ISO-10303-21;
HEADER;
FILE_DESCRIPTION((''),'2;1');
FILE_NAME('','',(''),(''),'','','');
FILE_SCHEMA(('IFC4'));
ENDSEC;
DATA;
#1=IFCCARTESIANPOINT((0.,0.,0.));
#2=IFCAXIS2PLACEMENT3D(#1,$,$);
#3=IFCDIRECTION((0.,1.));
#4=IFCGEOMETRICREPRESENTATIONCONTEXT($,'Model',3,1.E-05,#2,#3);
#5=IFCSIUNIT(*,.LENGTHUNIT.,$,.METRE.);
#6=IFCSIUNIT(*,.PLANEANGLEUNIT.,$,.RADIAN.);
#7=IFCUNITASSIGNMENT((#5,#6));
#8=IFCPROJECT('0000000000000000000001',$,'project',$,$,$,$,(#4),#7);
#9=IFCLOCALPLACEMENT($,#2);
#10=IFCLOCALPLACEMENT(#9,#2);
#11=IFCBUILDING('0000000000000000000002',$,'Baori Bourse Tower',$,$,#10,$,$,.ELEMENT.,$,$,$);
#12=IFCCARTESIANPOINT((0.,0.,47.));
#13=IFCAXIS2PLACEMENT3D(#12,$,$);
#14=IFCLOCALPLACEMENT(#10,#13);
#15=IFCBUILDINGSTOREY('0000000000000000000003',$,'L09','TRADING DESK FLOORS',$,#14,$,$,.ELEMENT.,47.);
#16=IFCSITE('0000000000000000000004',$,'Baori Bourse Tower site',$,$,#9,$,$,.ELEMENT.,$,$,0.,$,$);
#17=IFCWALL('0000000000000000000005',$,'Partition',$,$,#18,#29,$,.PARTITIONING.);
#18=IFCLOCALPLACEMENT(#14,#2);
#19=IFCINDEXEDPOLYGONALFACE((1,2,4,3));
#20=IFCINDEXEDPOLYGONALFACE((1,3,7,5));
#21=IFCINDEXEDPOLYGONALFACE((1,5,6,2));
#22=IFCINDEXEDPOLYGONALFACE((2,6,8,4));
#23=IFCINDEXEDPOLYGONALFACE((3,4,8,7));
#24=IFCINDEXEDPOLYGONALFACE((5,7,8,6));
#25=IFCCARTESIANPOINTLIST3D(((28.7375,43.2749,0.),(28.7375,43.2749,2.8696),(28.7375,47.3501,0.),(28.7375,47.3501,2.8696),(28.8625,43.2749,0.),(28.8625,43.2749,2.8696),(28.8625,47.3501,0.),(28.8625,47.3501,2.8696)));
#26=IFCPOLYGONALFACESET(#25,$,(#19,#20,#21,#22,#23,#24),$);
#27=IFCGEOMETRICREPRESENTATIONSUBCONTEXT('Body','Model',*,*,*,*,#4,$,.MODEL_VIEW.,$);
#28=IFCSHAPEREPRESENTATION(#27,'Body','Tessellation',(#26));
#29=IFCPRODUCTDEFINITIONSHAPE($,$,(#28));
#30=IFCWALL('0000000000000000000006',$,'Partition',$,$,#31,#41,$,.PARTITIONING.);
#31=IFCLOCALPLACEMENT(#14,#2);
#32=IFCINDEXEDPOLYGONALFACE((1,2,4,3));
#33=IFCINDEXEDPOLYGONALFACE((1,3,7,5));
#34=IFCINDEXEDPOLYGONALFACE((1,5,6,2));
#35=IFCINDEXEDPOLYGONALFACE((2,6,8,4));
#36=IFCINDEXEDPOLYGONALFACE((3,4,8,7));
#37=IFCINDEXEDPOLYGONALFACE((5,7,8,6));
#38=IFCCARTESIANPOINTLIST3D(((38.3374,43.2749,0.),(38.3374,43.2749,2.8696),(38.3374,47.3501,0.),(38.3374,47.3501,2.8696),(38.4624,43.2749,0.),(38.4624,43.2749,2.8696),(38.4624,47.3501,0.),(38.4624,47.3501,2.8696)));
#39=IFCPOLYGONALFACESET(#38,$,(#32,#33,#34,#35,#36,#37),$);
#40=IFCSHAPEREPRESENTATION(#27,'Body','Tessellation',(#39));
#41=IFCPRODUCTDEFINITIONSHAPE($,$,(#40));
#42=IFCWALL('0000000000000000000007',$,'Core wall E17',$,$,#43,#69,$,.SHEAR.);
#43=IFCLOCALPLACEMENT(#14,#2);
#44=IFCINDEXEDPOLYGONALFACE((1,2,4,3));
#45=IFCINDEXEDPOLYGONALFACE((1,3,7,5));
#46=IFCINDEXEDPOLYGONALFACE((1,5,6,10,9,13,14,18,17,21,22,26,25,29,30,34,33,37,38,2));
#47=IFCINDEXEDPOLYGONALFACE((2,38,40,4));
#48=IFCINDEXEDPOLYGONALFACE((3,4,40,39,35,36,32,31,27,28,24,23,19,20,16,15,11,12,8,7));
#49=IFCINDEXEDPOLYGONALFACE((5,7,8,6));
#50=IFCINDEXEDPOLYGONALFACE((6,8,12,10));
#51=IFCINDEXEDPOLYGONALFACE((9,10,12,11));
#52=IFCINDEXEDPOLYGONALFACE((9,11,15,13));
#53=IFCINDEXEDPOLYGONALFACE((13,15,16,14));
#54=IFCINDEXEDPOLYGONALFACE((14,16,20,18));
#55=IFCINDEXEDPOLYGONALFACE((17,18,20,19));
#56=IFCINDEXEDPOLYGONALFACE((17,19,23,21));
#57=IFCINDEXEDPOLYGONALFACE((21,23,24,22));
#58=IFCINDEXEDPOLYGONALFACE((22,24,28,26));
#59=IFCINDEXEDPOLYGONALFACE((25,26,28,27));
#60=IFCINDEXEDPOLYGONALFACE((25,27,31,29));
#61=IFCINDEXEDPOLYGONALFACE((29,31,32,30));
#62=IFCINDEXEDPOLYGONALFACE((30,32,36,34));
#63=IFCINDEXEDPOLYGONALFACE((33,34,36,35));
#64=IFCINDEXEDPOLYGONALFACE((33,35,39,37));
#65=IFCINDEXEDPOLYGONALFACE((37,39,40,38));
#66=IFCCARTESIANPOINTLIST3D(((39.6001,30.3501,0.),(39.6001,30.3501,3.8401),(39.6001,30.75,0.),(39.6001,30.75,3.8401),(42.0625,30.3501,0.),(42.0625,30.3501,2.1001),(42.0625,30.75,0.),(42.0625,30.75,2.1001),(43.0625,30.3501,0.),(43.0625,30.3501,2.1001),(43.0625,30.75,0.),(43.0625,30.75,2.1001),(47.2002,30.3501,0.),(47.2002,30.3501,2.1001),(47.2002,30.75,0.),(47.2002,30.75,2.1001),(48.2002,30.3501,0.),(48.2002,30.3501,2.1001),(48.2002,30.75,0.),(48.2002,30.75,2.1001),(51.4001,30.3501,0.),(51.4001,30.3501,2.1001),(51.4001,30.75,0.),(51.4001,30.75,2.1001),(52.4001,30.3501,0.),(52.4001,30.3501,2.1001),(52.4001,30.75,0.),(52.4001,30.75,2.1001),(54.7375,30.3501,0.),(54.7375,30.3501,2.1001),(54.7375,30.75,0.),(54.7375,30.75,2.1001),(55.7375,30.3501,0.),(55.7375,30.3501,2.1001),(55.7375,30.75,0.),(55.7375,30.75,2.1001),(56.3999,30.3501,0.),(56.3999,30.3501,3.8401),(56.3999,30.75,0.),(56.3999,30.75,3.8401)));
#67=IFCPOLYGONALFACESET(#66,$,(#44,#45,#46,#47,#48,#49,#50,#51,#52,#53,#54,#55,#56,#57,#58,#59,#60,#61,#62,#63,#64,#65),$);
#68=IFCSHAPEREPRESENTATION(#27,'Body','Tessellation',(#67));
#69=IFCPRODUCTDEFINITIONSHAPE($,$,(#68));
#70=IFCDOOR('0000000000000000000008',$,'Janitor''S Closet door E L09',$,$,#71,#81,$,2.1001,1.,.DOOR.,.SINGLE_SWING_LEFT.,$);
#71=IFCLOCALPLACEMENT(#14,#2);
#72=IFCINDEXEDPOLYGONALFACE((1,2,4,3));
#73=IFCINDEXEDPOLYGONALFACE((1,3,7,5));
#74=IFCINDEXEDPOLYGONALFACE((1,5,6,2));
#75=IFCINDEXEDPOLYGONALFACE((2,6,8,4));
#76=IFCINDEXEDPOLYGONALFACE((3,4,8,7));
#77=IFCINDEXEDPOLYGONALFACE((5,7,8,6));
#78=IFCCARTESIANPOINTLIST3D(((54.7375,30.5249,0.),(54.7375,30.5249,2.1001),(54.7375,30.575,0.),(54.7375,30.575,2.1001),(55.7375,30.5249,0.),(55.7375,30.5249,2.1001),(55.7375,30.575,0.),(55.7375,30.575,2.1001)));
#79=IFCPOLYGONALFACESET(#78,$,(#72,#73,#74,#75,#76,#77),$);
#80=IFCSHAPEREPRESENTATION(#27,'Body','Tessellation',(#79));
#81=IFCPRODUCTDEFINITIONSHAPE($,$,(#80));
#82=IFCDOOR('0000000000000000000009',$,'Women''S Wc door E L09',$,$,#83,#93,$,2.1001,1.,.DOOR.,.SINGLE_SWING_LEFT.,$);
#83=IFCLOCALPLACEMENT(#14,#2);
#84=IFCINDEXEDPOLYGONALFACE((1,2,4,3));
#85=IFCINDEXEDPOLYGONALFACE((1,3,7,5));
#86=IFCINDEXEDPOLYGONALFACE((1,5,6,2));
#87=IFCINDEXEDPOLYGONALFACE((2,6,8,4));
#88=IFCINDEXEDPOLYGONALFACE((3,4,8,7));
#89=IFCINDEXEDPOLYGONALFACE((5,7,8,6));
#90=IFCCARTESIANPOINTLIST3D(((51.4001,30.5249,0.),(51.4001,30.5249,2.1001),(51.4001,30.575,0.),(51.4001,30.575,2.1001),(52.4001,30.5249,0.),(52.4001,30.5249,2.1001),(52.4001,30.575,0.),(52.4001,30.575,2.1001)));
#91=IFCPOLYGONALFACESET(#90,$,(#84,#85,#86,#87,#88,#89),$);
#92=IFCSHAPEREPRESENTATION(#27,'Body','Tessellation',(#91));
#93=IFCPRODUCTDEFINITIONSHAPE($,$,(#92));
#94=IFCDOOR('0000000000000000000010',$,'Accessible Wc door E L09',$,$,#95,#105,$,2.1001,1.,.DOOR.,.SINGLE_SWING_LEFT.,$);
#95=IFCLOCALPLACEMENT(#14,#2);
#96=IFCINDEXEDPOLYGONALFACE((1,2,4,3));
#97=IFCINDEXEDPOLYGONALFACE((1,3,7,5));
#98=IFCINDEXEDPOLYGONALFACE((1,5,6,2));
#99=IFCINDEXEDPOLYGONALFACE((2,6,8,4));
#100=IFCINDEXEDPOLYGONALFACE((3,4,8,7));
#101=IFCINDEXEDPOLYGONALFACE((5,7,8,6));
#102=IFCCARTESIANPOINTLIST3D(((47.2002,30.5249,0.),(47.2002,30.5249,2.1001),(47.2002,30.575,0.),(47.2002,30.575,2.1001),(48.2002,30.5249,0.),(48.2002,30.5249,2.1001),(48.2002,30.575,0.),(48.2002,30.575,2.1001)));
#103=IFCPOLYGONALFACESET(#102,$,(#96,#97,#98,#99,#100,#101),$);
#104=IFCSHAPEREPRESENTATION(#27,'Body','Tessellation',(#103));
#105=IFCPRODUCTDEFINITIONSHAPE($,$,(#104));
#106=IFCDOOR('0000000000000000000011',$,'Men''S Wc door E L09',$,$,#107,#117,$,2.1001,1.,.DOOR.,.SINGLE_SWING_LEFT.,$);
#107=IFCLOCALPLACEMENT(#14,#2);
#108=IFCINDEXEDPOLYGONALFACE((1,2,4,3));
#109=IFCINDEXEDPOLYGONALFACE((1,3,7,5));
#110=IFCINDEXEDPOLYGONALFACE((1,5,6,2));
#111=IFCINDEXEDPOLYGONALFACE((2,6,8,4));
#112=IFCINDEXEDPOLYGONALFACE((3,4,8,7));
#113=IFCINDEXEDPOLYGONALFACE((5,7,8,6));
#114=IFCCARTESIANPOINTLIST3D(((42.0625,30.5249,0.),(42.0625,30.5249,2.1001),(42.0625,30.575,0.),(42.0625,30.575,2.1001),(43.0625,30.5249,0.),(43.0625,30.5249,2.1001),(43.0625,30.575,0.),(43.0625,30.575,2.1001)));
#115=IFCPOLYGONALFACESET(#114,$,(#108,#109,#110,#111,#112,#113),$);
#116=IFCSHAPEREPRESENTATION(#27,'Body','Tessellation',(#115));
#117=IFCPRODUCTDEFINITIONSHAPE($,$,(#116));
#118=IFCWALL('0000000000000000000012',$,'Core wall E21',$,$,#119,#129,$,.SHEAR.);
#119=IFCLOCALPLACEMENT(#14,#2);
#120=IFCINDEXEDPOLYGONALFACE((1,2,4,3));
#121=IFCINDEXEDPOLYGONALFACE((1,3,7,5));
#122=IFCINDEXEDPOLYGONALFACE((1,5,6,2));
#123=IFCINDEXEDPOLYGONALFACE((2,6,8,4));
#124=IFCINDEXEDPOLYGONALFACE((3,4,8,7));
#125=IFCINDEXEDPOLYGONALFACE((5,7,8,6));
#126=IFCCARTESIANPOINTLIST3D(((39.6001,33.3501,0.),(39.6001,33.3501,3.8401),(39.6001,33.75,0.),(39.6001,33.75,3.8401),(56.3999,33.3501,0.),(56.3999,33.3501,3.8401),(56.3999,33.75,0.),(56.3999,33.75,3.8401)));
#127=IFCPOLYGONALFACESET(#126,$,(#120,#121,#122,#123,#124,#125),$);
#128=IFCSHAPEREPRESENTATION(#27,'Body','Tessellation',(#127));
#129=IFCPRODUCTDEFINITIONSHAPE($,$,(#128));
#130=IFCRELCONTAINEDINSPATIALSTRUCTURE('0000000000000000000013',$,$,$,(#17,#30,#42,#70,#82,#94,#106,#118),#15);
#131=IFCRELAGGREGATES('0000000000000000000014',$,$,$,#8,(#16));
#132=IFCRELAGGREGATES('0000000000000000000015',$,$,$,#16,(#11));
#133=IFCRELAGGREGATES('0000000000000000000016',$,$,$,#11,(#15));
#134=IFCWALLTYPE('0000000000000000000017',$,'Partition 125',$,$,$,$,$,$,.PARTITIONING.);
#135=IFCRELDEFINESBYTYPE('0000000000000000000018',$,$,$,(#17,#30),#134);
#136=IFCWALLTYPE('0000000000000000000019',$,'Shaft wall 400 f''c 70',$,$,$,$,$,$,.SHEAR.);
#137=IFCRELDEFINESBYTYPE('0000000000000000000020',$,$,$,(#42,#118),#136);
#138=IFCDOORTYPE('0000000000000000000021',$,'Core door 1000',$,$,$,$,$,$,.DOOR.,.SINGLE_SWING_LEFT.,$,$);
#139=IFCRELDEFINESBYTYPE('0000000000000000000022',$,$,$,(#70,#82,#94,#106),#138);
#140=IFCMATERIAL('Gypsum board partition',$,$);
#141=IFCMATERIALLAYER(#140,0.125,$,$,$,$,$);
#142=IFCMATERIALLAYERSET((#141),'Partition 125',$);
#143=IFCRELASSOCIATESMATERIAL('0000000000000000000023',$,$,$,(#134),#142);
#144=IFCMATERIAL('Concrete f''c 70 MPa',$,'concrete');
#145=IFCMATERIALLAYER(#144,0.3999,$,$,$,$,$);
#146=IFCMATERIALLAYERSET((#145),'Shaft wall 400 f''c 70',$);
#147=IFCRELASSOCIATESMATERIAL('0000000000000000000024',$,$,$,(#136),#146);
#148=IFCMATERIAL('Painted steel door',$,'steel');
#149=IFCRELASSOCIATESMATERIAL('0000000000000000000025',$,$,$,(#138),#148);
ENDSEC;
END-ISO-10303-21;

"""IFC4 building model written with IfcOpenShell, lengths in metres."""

from ifc_helpers import new_model, si_unit, direction, frame, frame_2d, origin, place, context, subcontext, project, spatial, rectangle, extrude, material, layer, layer_set, type_object, element, fill, save


model = new_model("IFC4")

# Units and contexts
model_context = context("Model", 3, precision=1e-05, world=origin(), true_north=direction((0.0, 1.0)))
body_context = subcontext(model_context, "Body", "Model", "MODEL_VIEW")
ifc_project = project(units=[si_unit("LENGTHUNIT", "METRE"), si_unit("PLANEANGLEUNIT", "RADIAN")], contexts=[model_context])

# Site, building, storey
site_placement = place(None, origin())
site = spatial("IfcSite", under=ifc_project, at=site_placement, Name="Baori Bourse Tower site", CompositionType="ELEMENT", RefElevation=0.0)
building_placement = place(site_placement, origin())
building = spatial("IfcBuilding", under=site, at=building_placement, Name="Baori Bourse Tower", CompositionType="ELEMENT")
storey_placement = place(building_placement, frame((0.0, 0.0, 47.0)))
storey = spatial("IfcBuildingStorey", under=building, at=storey_placement, Name="L09", Description="TRADING DESK FLOORS", CompositionType="ELEMENT", Elevation=47.0)

# Walls
ifc_material_1 = material(Name="Gypsum board partition")
ifc_layer_1 = layer(ifc_material_1, 0.125)
ifc_layer_set_1 = layer_set([ifc_layer_1], Name="Partition 125")
wall_type_1 = type_object("IfcWallType", Name="Partition 125", PredefinedType="PARTITIONING", material=ifc_layer_set_1)
for number, where, z_axis, x_axis, name in (
    (1, (28.8, 43.2749, 0.0), (0.0, 0.0, 1.0), (0.0, 1.0, 0.0), "Partition"),
    (2, (38.3999, 43.2749, 0.0), (0.0, 0.0, 1.0), (0.0, 1.0, 0.0), "Partition"),
):
    element("IfcWall", number, at=place(storey_placement, frame(where, z_axis=z_axis, x_axis=x_axis)), inside=storey, type_object=wall_type_1, Name=name, PredefinedType="PARTITIONING", context=body_context, shape_type="SweptSolid", body=[
        extrude(rectangle(XDim=4.0752, YDim=0.125, at=frame_2d((2.0376, 0.0))), origin(), (0.0, 0.0, 1.0), 2.8696),
    ])

# Wall, openings, doors
ifc_material_2 = material(Name="Concrete f'c 70 MPa", Category="concrete")
ifc_layer_2 = layer(ifc_material_2, 0.3999)
ifc_layer_set_2 = layer_set([ifc_layer_2], Name="Shaft wall 400 f'c 70")
wall_type_2 = type_object("IfcWallType", Name="Shaft wall 400 f'c 70", PredefinedType="SHEAR", material=ifc_layer_set_2)
wall_1_placement = place(storey_placement, frame((39.6001, 30.55, 0.0), z_axis=(0.0, 0.0, 1.0), x_axis=(1.0, 0.0, 0.0)))
wall_1 = element("IfcWall", 3, at=wall_1_placement, inside=storey, type_object=wall_type_2, Name="Core wall E17", PredefinedType="SHEAR", context=body_context, shape_type="SweptSolid", body=[
    extrude(rectangle(XDim=16.7998, YDim=0.3999, at=frame_2d((8.3999, 0.0))), origin(), (0.0, 0.0, 1.0), 3.8401),
])
opening_1_placement = place(wall_1_placement, frame((15.1375, 0.0, 0.0)))
opening_1 = element("IfcOpeningElement", 4, at=opening_1_placement, cuts=wall_1, PredefinedType="OPENING", context=body_context, shape_type="SweptSolid", body=[
    extrude(rectangle(XDim=1.0, YDim=2.1001, at=frame_2d((0.5, 1.05))), frame((0.0, 0.21, 0.0), z_axis=(0.0, -1.0, 0.0), x_axis=(1.0, 0.0, 0.0)), (0.0, 0.0, 1.0), 0.4199),
])
opening_2_placement = place(wall_1_placement, frame((11.8, 0.0, 0.0)))
opening_2 = element("IfcOpeningElement", 5, at=opening_2_placement, cuts=wall_1, PredefinedType="OPENING", context=body_context, shape_type="SweptSolid", body=[
    extrude(rectangle(XDim=1.0, YDim=2.1001, at=frame_2d((0.5, 1.05))), frame((0.0, 0.21, 0.0), z_axis=(0.0, -1.0, 0.0), x_axis=(1.0, 0.0, 0.0)), (0.0, 0.0, 1.0), 0.4199),
])
opening_3_placement = place(wall_1_placement, frame((7.6001, 0.0, 0.0)))
opening_3 = element("IfcOpeningElement", 6, at=opening_3_placement, cuts=wall_1, PredefinedType="OPENING", context=body_context, shape_type="SweptSolid", body=[
    extrude(rectangle(XDim=1.0, YDim=2.1001, at=frame_2d((0.5, 1.05))), frame((0.0, 0.21, 0.0), z_axis=(0.0, -1.0, 0.0), x_axis=(1.0, 0.0, 0.0)), (0.0, 0.0, 1.0), 0.4199),
])
opening_4_placement = place(wall_1_placement, frame((2.4624, 0.0, 0.0)))
opening_4 = element("IfcOpeningElement", 7, at=opening_4_placement, cuts=wall_1, PredefinedType="OPENING", context=body_context, shape_type="SweptSolid", body=[
    extrude(rectangle(XDim=1.0, YDim=2.1001, at=frame_2d((0.5, 1.05))), frame((0.0, 0.21, 0.0), z_axis=(0.0, -1.0, 0.0), x_axis=(1.0, 0.0, 0.0)), (0.0, 0.0, 1.0), 0.4199),
])
ifc_material_3 = material(Name="Painted steel door", Category="steel")
door_type_1 = type_object("IfcDoorType", Name="Core door 1000", OperationType="SINGLE_SWING_LEFT", PredefinedType="DOOR", material=ifc_material_3)
door_1_placement = place(opening_1_placement, origin())
door_1 = element("IfcDoor", 8, at=door_1_placement, inside=storey, type_object=door_type_1, Name="Janitor'S Closet door E L09", OperationType="SINGLE_SWING_LEFT", OverallHeight=2.1001, OverallWidth=1.0, PredefinedType="DOOR", context=body_context, shape_type="SweptSolid", body=[
    extrude(rectangle(XDim=1.0, YDim=2.1001, at=frame_2d((0.5, 1.05))), frame((0.0, 0.0249, 0.0), z_axis=(0.0, -1.0, 0.0), x_axis=(1.0, 0.0, 0.0)), (0.0, 0.0, 1.0), 0.05),
])
fill(opening_1, door_1)
door_2_placement = place(opening_2_placement, origin())
door_2 = element("IfcDoor", 9, at=door_2_placement, inside=storey, type_object=door_type_1, Name="Women'S Wc door E L09", OperationType="SINGLE_SWING_LEFT", OverallHeight=2.1001, OverallWidth=1.0, PredefinedType="DOOR", context=body_context, shape_type="SweptSolid", body=[
    extrude(rectangle(XDim=1.0, YDim=2.1001, at=frame_2d((0.5, 1.05))), frame((0.0, 0.0249, 0.0), z_axis=(0.0, -1.0, 0.0), x_axis=(1.0, 0.0, 0.0)), (0.0, 0.0, 1.0), 0.05),
])
fill(opening_2, door_2)
door_3_placement = place(opening_3_placement, origin())
door_3 = element("IfcDoor", 10, at=door_3_placement, inside=storey, type_object=door_type_1, Name="Accessible Wc door E L09", OperationType="SINGLE_SWING_LEFT", OverallHeight=2.1001, OverallWidth=1.0, PredefinedType="DOOR", context=body_context, shape_type="SweptSolid", body=[
    extrude(rectangle(XDim=1.0, YDim=2.1001, at=frame_2d((0.5, 1.05))), frame((0.0, 0.0249, 0.0), z_axis=(0.0, -1.0, 0.0), x_axis=(1.0, 0.0, 0.0)), (0.0, 0.0, 1.0), 0.05),
])
fill(opening_3, door_3)
door_4_placement = place(opening_4_placement, origin())
door_4 = element("IfcDoor", 11, at=door_4_placement, inside=storey, type_object=door_type_1, Name="Men'S Wc door E L09", OperationType="SINGLE_SWING_LEFT", OverallHeight=2.1001, OverallWidth=1.0, PredefinedType="DOOR", context=body_context, shape_type="SweptSolid", body=[
    extrude(rectangle(XDim=1.0, YDim=2.1001, at=frame_2d((0.5, 1.05))), frame((0.0, 0.0249, 0.0), z_axis=(0.0, -1.0, 0.0), x_axis=(1.0, 0.0, 0.0)), (0.0, 0.0, 1.0), 0.05),
])
fill(opening_4, door_4)

# Wall
wall_2_placement = place(storey_placement, frame((39.6001, 33.55, 0.0), z_axis=(0.0, 0.0, 1.0), x_axis=(1.0, 0.0, 0.0)))
element("IfcWall", 12, at=wall_2_placement, inside=storey, type_object=wall_type_2, Name="Core wall E21", PredefinedType="SHEAR", context=body_context, shape_type="SweptSolid", body=[
    extrude(rectangle(XDim=16.7998, YDim=0.3999, at=frame_2d((8.3999, 0.0))), origin(), (0.0, 0.0, 1.0), 3.8401),
])

save(model, "model.ifc")
